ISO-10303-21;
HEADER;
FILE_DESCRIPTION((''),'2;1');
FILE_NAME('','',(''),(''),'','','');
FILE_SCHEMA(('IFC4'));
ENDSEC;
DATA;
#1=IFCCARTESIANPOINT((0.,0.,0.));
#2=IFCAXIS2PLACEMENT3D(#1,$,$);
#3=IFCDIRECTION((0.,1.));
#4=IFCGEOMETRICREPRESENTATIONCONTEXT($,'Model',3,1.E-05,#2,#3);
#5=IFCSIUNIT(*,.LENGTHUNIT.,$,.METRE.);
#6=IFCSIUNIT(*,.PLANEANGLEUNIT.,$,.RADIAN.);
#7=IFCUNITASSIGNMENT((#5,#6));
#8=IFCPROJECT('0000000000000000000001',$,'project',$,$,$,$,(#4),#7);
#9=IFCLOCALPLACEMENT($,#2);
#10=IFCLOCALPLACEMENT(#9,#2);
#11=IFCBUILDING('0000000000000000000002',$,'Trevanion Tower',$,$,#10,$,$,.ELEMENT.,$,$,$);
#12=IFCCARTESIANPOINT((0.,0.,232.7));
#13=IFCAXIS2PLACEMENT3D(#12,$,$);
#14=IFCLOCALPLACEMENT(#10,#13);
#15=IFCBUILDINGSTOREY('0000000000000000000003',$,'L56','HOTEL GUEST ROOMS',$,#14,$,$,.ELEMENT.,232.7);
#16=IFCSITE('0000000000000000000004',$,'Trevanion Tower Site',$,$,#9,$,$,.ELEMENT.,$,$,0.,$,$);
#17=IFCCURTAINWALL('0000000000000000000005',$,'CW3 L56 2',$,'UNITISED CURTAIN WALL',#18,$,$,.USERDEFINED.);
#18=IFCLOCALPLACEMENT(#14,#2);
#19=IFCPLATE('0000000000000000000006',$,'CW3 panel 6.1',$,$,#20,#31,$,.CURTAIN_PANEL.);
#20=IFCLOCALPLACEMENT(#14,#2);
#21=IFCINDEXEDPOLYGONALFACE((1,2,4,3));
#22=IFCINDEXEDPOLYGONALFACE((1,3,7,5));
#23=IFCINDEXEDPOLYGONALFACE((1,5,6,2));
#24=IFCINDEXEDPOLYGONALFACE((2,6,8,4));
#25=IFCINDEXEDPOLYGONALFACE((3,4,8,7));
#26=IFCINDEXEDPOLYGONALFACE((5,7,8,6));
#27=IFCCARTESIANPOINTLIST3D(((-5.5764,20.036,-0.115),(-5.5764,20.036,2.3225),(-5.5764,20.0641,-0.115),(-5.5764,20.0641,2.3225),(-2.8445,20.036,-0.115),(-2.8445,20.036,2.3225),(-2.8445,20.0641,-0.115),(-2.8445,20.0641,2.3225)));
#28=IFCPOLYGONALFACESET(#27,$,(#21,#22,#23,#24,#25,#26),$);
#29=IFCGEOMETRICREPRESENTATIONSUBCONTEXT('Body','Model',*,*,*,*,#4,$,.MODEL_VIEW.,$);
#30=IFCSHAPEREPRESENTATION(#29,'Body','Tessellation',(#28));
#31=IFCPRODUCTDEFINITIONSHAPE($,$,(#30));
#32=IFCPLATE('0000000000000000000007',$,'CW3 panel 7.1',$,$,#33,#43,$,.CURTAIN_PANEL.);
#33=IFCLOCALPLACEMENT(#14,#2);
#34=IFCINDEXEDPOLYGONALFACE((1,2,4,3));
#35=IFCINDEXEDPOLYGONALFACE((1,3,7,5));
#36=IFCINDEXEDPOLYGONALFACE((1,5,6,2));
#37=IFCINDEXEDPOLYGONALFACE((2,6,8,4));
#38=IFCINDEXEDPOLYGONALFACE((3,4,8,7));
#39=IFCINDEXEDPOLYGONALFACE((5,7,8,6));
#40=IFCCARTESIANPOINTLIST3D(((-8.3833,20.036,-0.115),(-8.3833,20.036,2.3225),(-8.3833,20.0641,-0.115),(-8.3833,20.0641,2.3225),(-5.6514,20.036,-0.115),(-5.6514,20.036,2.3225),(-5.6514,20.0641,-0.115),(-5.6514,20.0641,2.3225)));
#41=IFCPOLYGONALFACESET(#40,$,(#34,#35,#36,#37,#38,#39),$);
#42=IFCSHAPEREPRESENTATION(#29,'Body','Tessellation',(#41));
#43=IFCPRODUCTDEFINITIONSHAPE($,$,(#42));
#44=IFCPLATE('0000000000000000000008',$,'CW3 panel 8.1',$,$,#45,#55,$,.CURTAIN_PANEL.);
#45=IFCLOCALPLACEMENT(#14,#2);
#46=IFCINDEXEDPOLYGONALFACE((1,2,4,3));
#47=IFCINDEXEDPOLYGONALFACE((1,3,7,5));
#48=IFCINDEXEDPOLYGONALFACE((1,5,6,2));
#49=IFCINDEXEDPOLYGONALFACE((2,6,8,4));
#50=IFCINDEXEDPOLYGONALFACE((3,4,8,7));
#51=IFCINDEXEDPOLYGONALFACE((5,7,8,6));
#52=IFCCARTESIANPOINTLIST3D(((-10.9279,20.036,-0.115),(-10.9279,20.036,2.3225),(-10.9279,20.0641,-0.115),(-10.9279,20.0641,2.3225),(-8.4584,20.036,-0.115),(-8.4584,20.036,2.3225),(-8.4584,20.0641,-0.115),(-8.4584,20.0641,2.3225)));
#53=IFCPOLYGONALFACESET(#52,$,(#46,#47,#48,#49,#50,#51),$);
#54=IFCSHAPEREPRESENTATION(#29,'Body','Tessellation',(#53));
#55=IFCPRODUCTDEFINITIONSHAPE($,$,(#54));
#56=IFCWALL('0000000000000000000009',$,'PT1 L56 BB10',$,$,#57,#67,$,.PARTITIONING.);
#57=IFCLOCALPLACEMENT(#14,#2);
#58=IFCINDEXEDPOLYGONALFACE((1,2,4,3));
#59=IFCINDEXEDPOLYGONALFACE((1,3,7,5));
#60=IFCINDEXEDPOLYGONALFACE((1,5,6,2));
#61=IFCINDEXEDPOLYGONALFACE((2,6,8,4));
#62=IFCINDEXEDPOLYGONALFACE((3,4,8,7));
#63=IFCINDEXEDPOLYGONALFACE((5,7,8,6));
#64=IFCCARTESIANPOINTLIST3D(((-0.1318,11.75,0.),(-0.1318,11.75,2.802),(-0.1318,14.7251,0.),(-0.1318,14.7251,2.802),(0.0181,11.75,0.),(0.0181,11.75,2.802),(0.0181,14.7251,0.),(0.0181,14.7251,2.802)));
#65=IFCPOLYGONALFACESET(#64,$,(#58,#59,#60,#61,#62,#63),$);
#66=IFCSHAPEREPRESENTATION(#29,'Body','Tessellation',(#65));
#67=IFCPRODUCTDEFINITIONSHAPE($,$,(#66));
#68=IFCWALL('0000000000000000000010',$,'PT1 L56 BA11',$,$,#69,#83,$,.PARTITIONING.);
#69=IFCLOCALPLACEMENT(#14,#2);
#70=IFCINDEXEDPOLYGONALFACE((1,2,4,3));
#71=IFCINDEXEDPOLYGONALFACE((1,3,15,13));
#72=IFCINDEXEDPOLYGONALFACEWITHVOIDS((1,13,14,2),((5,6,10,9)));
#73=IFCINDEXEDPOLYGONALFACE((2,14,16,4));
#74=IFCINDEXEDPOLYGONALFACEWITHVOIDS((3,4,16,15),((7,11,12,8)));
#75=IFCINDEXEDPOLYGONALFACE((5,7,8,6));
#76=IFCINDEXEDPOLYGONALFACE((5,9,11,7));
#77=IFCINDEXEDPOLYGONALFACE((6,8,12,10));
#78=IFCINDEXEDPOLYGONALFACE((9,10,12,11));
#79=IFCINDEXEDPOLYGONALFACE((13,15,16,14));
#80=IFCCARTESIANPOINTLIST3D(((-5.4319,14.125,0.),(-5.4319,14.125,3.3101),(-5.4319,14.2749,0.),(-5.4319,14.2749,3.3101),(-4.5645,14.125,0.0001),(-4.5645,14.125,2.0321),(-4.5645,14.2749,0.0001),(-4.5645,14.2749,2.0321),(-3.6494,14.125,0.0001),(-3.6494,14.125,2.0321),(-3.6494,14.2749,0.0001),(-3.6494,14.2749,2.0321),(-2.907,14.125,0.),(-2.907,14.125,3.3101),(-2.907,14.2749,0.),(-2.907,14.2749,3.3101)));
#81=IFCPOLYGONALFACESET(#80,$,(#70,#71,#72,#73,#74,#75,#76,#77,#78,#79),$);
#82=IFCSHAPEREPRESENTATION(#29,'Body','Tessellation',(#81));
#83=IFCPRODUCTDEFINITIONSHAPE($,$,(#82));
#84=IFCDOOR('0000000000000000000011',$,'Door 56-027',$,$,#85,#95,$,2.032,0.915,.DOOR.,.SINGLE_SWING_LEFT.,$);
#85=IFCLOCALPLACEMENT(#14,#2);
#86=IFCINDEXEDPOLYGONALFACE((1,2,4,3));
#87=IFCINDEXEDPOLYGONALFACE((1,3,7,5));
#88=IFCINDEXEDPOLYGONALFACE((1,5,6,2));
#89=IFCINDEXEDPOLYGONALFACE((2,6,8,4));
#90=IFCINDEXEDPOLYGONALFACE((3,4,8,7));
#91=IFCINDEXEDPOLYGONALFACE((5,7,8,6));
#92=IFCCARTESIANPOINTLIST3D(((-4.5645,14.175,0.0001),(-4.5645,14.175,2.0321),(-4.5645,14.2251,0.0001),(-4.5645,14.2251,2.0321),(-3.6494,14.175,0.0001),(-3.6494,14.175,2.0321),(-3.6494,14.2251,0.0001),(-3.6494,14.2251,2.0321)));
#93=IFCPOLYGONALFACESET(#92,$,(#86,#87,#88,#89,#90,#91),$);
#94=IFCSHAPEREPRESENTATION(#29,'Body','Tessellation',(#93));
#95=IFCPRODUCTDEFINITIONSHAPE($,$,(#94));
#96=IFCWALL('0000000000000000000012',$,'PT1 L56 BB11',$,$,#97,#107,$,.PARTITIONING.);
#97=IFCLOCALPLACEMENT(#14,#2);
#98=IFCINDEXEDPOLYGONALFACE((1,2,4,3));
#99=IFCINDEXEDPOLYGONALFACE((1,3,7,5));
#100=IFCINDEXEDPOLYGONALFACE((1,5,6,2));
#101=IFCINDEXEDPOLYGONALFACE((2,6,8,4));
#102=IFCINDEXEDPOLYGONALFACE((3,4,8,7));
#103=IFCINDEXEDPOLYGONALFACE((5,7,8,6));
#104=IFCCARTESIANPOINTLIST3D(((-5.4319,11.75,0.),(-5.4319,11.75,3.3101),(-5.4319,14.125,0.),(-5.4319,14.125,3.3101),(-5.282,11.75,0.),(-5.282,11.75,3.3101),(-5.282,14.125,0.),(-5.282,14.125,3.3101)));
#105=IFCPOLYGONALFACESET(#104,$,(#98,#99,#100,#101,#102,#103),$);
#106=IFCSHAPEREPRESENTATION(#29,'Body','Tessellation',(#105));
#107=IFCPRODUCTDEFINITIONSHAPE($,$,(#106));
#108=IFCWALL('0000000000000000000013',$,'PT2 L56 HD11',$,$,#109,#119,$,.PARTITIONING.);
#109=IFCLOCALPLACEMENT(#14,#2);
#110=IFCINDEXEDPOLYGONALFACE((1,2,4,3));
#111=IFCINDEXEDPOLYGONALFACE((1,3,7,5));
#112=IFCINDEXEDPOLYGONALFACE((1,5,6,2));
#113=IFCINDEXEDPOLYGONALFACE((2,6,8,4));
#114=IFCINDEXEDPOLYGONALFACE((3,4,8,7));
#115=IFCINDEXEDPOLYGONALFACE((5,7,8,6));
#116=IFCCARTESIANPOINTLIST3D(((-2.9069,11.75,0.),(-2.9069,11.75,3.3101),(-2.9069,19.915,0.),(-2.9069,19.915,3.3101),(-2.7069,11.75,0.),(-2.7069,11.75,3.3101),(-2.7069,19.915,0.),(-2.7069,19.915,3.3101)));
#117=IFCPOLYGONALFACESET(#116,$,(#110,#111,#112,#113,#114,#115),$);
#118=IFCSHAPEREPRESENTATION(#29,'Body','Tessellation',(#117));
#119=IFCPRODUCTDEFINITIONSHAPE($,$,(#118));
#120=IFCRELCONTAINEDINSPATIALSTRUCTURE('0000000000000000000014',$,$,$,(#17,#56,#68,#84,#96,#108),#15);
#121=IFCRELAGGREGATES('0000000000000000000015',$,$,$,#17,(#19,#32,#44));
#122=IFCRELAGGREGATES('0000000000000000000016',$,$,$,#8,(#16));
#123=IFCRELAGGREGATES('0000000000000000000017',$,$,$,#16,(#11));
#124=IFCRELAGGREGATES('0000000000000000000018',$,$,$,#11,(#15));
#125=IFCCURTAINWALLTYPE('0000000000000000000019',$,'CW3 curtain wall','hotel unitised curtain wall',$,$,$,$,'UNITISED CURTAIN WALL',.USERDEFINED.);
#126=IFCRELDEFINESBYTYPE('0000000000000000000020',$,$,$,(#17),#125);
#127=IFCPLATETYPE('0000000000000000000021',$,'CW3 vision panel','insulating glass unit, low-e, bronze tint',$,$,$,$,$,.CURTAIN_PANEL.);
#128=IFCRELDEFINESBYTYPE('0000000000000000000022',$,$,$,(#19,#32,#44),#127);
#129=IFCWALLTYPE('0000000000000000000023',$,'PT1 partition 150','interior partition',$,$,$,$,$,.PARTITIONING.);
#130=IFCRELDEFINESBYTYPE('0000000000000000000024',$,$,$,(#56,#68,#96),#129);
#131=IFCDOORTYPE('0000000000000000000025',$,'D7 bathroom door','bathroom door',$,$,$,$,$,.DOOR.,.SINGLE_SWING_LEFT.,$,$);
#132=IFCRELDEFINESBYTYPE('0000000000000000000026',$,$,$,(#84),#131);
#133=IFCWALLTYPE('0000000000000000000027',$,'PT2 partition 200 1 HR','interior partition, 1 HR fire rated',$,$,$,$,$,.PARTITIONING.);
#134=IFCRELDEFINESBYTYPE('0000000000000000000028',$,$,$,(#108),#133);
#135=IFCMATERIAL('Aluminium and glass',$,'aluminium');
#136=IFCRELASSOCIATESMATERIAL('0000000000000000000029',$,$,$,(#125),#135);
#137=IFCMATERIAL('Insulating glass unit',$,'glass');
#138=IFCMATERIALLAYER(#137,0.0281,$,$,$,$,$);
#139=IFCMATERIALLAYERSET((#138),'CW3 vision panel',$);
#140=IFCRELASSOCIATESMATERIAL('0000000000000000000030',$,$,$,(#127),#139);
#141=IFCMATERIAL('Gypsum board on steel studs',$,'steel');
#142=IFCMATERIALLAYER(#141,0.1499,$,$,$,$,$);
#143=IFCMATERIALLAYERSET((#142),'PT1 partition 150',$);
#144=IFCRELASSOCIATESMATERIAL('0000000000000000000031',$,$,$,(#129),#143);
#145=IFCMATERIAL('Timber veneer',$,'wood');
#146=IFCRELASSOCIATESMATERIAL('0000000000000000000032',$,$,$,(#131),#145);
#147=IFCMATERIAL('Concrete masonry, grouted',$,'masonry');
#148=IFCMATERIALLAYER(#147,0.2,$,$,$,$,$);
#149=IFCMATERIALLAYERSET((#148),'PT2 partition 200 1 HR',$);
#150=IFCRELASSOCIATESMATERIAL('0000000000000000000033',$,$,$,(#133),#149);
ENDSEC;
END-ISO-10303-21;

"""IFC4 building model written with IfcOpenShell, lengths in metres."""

from ifc_helpers import new_model, si_unit, direction, frame, frame_2d, origin, origin_2d, place, context, subcontext, project, spatial, rectangle, extrude, material, layer, layer_set, type_object, element, fill, aggregate, save


model = new_model("IFC4")

# Units and contexts
model_context = context("Model", 3, precision=1e-05, world=origin(), true_north=direction((0.0, 1.0)))
body_context = subcontext(model_context, "Body", "Model", "MODEL_VIEW")
ifc_project = project(units=[si_unit("LENGTHUNIT", "METRE"), si_unit("PLANEANGLEUNIT", "RADIAN")], contexts=[model_context])

# Site, building, storey
site_placement = place(None, origin())
site = spatial("IfcSite", under=ifc_project, at=site_placement, Name="Trevanion Tower Site", CompositionType="ELEMENT", RefElevation=0.0)
building_placement = place(site_placement, origin())
building = spatial("IfcBuilding", under=site, at=building_placement, Name="Trevanion Tower", CompositionType="ELEMENT")
storey_placement = place(building_placement, frame((0.0, 0.0, 232.7)))
storey = spatial("IfcBuildingStorey", under=building, at=storey_placement, Name="L56", Description="HOTEL GUEST ROOMS", CompositionType="ELEMENT", Elevation=232.7)

# Curtain wall
ifc_material_1 = material(Name="Aluminium and glass", Category="aluminium")
curtain_wall_type = type_object("IfcCurtainWallType", Name="CW3 curtain wall", Description="hotel unitised curtain wall", ElementType="UNITISED CURTAIN WALL", PredefinedType="USERDEFINED", material=ifc_material_1)
curtain_wall_placement = place(storey_placement, origin())
curtain_wall = element("IfcCurtainWall", 1, at=curtain_wall_placement, inside=storey, type_object=curtain_wall_type, Name="CW3 L56 2", ObjectType="UNITISED CURTAIN WALL", PredefinedType="USERDEFINED")

# Plates
ifc_material_2 = material(Name="Insulating glass unit", Category="glass")
ifc_layer_1 = layer(ifc_material_2, 0.0281)
ifc_layer_set_1 = layer_set([ifc_layer_1], Name="CW3 vision panel")
plate_type_1 = type_object("IfcPlateType", Name="CW3 vision panel", Description="insulating glass unit, low-e, bronze tint", PredefinedType="CURTAIN_PANEL", material=ifc_layer_set_1)
plate_1_placement = place(storey_placement, frame((-4.2104, 20.05, -0.115), z_axis=(0.0, 0.0, 1.0), x_axis=(-1.0, 0.0, 0.0)))
plate_1 = element("IfcPlate", 2, at=plate_1_placement, type_object=plate_type_1, Name="CW3 panel 6.1", PredefinedType="CURTAIN_PANEL", context=body_context, shape_type="SweptSolid", body=[
    extrude(rectangle(XDim=2.7319, YDim=0.0281, at=origin_2d()), origin(), (0.0, 0.0, 1.0), 2.4375),
])
plate_2_placement = place(storey_placement, frame((-7.0173, 20.05, -0.115), z_axis=(0.0, 0.0, 1.0), x_axis=(-1.0, 0.0, 0.0)))
plate_2 = element("IfcPlate", 3, at=plate_2_placement, type_object=plate_type_1, Name="CW3 panel 7.1", PredefinedType="CURTAIN_PANEL", context=body_context, shape_type="SweptSolid", body=[
    extrude(rectangle(XDim=2.7319, YDim=0.0281, at=origin_2d()), origin(), (0.0, 0.0, 1.0), 2.4375),
])
plate_3_placement = place(storey_placement, frame((-9.6931, 20.05, -0.115), z_axis=(0.0, 0.0, 1.0), x_axis=(-1.0, 0.0, 0.0)))
plate_3 = element("IfcPlate", 4, at=plate_3_placement, type_object=plate_type_1, Name="CW3 panel 8.1", PredefinedType="CURTAIN_PANEL", context=body_context, shape_type="SweptSolid", body=[
    extrude(rectangle(XDim=2.4695, YDim=0.0281, at=origin_2d()), origin(), (0.0, 0.0, 1.0), 2.4375),
])
aggregate(curtain_wall, [plate_1, plate_2, plate_3])

# Wall
ifc_material_3 = material(Name="Gypsum board on steel studs", Category="steel")
ifc_layer_2 = layer(ifc_material_3, 0.1499)
ifc_layer_set_2 = layer_set([ifc_layer_2], Name="PT1 partition 150")
wall_type_1 = type_object("IfcWallType", Name="PT1 partition 150", Description="interior partition", PredefinedType="PARTITIONING", material=ifc_layer_set_2)
wall_1_placement = place(storey_placement, frame((-0.0569, 11.75, 0.0), z_axis=(0.0, 0.0, 1.0), x_axis=(0.0, 1.0, 0.0)))
element("IfcWall", 5, at=wall_1_placement, inside=storey, type_object=wall_type_1, Name="PT1 L56 BB10", PredefinedType="PARTITIONING", context=body_context, shape_type="SweptSolid", body=[
    extrude(rectangle(XDim=2.9751, YDim=0.1499, at=frame_2d((1.4875, 0.0))), origin(), (0.0, 0.0, 1.0), 2.802),
])

# Wall, opening, door
wall_2_placement = place(storey_placement, frame((-2.907, 14.2, 0.0), z_axis=(0.0, 0.0, 1.0), x_axis=(-1.0, 0.0, 0.0)))
wall_2 = element("IfcWall", 6, at=wall_2_placement, inside=storey, type_object=wall_type_1, Name="PT1 L56 BA11", PredefinedType="PARTITIONING", context=body_context, shape_type="SweptSolid", body=[
    extrude(rectangle(XDim=2.5249, YDim=0.1499, at=frame_2d((1.2625, 0.0))), origin(), (0.0, 0.0, 1.0), 3.3101),
])
opening_placement = place(wall_2_placement, frame((0.7424, 0.0, 0.0)))
opening = element("IfcOpeningElement", 7, at=opening_placement, cuts=wall_2, PredefinedType="OPENING", context=body_context, shape_type="SweptSolid", body=[
    extrude(rectangle(XDim=0.915, YDim=2.032, at=frame_2d((0.4575, 1.0161))), frame((0.0, 0.085, 0.0), z_axis=(0.0, -1.0, 0.0), x_axis=(1.0, 0.0, 0.0)), (0.0, 0.0, 1.0), 0.1699),
])
ifc_material_4 = material(Name="Timber veneer", Category="wood")
door_type = type_object("IfcDoorType", Name="D7 bathroom door", Description="bathroom door", OperationType="SINGLE_SWING_LEFT", PredefinedType="DOOR", material=ifc_material_4)
door_placement = place(opening_placement, origin())
door = element("IfcDoor", 8, at=door_placement, inside=storey, type_object=door_type, Name="Door 56-027", OperationType="SINGLE_SWING_LEFT", OverallHeight=2.032, OverallWidth=0.915, PredefinedType="DOOR", context=body_context, shape_type="SweptSolid", body=[
    extrude(rectangle(XDim=0.915, YDim=2.032, at=frame_2d((0.4575, 1.0161))), frame((0.0, 0.0249, 0.0), z_axis=(0.0, -1.0, 0.0), x_axis=(1.0, 0.0, 0.0)), (0.0, 0.0, 1.0), 0.05),
])
fill(opening, door)

# Walls
wall_3_placement = place(storey_placement, frame((-5.3569, 11.75, 0.0), z_axis=(0.0, 0.0, 1.0), x_axis=(0.0, 1.0, 0.0)))
element("IfcWall", 9, at=wall_3_placement, inside=storey, type_object=wall_type_1, Name="PT1 L56 BB11", PredefinedType="PARTITIONING", context=body_context, shape_type="SweptSolid", body=[
    extrude(rectangle(XDim=2.375, YDim=0.1499, at=frame_2d((1.1875, 0.0))), origin(), (0.0, 0.0, 1.0), 3.3101),
])
ifc_material_5 = material(Name="Concrete masonry, grouted", Category="masonry")
ifc_layer_3 = layer(ifc_material_5, 0.2)
ifc_layer_set_3 = layer_set([ifc_layer_3], Name="PT2 partition 200 1 HR")
wall_type_2 = type_object("IfcWallType", Name="PT2 partition 200 1 HR", Description="interior partition, 1 HR fire rated", PredefinedType="PARTITIONING", material=ifc_layer_set_3)
wall_4_placement = place(storey_placement, frame((-2.8069, 11.75, 0.0), z_axis=(0.0, 0.0, 1.0), x_axis=(0.0, 1.0, 0.0)))
element("IfcWall", 10, at=wall_4_placement, inside=storey, type_object=wall_type_2, Name="PT2 L56 HD11", PredefinedType="PARTITIONING", context=body_context, shape_type="SweptSolid", body=[
    extrude(rectangle(XDim=8.165, YDim=0.2, at=frame_2d((4.0825, 0.0))), origin(), (0.0, 0.0, 1.0), 3.3101),
])

save(model, "model.ifc")
